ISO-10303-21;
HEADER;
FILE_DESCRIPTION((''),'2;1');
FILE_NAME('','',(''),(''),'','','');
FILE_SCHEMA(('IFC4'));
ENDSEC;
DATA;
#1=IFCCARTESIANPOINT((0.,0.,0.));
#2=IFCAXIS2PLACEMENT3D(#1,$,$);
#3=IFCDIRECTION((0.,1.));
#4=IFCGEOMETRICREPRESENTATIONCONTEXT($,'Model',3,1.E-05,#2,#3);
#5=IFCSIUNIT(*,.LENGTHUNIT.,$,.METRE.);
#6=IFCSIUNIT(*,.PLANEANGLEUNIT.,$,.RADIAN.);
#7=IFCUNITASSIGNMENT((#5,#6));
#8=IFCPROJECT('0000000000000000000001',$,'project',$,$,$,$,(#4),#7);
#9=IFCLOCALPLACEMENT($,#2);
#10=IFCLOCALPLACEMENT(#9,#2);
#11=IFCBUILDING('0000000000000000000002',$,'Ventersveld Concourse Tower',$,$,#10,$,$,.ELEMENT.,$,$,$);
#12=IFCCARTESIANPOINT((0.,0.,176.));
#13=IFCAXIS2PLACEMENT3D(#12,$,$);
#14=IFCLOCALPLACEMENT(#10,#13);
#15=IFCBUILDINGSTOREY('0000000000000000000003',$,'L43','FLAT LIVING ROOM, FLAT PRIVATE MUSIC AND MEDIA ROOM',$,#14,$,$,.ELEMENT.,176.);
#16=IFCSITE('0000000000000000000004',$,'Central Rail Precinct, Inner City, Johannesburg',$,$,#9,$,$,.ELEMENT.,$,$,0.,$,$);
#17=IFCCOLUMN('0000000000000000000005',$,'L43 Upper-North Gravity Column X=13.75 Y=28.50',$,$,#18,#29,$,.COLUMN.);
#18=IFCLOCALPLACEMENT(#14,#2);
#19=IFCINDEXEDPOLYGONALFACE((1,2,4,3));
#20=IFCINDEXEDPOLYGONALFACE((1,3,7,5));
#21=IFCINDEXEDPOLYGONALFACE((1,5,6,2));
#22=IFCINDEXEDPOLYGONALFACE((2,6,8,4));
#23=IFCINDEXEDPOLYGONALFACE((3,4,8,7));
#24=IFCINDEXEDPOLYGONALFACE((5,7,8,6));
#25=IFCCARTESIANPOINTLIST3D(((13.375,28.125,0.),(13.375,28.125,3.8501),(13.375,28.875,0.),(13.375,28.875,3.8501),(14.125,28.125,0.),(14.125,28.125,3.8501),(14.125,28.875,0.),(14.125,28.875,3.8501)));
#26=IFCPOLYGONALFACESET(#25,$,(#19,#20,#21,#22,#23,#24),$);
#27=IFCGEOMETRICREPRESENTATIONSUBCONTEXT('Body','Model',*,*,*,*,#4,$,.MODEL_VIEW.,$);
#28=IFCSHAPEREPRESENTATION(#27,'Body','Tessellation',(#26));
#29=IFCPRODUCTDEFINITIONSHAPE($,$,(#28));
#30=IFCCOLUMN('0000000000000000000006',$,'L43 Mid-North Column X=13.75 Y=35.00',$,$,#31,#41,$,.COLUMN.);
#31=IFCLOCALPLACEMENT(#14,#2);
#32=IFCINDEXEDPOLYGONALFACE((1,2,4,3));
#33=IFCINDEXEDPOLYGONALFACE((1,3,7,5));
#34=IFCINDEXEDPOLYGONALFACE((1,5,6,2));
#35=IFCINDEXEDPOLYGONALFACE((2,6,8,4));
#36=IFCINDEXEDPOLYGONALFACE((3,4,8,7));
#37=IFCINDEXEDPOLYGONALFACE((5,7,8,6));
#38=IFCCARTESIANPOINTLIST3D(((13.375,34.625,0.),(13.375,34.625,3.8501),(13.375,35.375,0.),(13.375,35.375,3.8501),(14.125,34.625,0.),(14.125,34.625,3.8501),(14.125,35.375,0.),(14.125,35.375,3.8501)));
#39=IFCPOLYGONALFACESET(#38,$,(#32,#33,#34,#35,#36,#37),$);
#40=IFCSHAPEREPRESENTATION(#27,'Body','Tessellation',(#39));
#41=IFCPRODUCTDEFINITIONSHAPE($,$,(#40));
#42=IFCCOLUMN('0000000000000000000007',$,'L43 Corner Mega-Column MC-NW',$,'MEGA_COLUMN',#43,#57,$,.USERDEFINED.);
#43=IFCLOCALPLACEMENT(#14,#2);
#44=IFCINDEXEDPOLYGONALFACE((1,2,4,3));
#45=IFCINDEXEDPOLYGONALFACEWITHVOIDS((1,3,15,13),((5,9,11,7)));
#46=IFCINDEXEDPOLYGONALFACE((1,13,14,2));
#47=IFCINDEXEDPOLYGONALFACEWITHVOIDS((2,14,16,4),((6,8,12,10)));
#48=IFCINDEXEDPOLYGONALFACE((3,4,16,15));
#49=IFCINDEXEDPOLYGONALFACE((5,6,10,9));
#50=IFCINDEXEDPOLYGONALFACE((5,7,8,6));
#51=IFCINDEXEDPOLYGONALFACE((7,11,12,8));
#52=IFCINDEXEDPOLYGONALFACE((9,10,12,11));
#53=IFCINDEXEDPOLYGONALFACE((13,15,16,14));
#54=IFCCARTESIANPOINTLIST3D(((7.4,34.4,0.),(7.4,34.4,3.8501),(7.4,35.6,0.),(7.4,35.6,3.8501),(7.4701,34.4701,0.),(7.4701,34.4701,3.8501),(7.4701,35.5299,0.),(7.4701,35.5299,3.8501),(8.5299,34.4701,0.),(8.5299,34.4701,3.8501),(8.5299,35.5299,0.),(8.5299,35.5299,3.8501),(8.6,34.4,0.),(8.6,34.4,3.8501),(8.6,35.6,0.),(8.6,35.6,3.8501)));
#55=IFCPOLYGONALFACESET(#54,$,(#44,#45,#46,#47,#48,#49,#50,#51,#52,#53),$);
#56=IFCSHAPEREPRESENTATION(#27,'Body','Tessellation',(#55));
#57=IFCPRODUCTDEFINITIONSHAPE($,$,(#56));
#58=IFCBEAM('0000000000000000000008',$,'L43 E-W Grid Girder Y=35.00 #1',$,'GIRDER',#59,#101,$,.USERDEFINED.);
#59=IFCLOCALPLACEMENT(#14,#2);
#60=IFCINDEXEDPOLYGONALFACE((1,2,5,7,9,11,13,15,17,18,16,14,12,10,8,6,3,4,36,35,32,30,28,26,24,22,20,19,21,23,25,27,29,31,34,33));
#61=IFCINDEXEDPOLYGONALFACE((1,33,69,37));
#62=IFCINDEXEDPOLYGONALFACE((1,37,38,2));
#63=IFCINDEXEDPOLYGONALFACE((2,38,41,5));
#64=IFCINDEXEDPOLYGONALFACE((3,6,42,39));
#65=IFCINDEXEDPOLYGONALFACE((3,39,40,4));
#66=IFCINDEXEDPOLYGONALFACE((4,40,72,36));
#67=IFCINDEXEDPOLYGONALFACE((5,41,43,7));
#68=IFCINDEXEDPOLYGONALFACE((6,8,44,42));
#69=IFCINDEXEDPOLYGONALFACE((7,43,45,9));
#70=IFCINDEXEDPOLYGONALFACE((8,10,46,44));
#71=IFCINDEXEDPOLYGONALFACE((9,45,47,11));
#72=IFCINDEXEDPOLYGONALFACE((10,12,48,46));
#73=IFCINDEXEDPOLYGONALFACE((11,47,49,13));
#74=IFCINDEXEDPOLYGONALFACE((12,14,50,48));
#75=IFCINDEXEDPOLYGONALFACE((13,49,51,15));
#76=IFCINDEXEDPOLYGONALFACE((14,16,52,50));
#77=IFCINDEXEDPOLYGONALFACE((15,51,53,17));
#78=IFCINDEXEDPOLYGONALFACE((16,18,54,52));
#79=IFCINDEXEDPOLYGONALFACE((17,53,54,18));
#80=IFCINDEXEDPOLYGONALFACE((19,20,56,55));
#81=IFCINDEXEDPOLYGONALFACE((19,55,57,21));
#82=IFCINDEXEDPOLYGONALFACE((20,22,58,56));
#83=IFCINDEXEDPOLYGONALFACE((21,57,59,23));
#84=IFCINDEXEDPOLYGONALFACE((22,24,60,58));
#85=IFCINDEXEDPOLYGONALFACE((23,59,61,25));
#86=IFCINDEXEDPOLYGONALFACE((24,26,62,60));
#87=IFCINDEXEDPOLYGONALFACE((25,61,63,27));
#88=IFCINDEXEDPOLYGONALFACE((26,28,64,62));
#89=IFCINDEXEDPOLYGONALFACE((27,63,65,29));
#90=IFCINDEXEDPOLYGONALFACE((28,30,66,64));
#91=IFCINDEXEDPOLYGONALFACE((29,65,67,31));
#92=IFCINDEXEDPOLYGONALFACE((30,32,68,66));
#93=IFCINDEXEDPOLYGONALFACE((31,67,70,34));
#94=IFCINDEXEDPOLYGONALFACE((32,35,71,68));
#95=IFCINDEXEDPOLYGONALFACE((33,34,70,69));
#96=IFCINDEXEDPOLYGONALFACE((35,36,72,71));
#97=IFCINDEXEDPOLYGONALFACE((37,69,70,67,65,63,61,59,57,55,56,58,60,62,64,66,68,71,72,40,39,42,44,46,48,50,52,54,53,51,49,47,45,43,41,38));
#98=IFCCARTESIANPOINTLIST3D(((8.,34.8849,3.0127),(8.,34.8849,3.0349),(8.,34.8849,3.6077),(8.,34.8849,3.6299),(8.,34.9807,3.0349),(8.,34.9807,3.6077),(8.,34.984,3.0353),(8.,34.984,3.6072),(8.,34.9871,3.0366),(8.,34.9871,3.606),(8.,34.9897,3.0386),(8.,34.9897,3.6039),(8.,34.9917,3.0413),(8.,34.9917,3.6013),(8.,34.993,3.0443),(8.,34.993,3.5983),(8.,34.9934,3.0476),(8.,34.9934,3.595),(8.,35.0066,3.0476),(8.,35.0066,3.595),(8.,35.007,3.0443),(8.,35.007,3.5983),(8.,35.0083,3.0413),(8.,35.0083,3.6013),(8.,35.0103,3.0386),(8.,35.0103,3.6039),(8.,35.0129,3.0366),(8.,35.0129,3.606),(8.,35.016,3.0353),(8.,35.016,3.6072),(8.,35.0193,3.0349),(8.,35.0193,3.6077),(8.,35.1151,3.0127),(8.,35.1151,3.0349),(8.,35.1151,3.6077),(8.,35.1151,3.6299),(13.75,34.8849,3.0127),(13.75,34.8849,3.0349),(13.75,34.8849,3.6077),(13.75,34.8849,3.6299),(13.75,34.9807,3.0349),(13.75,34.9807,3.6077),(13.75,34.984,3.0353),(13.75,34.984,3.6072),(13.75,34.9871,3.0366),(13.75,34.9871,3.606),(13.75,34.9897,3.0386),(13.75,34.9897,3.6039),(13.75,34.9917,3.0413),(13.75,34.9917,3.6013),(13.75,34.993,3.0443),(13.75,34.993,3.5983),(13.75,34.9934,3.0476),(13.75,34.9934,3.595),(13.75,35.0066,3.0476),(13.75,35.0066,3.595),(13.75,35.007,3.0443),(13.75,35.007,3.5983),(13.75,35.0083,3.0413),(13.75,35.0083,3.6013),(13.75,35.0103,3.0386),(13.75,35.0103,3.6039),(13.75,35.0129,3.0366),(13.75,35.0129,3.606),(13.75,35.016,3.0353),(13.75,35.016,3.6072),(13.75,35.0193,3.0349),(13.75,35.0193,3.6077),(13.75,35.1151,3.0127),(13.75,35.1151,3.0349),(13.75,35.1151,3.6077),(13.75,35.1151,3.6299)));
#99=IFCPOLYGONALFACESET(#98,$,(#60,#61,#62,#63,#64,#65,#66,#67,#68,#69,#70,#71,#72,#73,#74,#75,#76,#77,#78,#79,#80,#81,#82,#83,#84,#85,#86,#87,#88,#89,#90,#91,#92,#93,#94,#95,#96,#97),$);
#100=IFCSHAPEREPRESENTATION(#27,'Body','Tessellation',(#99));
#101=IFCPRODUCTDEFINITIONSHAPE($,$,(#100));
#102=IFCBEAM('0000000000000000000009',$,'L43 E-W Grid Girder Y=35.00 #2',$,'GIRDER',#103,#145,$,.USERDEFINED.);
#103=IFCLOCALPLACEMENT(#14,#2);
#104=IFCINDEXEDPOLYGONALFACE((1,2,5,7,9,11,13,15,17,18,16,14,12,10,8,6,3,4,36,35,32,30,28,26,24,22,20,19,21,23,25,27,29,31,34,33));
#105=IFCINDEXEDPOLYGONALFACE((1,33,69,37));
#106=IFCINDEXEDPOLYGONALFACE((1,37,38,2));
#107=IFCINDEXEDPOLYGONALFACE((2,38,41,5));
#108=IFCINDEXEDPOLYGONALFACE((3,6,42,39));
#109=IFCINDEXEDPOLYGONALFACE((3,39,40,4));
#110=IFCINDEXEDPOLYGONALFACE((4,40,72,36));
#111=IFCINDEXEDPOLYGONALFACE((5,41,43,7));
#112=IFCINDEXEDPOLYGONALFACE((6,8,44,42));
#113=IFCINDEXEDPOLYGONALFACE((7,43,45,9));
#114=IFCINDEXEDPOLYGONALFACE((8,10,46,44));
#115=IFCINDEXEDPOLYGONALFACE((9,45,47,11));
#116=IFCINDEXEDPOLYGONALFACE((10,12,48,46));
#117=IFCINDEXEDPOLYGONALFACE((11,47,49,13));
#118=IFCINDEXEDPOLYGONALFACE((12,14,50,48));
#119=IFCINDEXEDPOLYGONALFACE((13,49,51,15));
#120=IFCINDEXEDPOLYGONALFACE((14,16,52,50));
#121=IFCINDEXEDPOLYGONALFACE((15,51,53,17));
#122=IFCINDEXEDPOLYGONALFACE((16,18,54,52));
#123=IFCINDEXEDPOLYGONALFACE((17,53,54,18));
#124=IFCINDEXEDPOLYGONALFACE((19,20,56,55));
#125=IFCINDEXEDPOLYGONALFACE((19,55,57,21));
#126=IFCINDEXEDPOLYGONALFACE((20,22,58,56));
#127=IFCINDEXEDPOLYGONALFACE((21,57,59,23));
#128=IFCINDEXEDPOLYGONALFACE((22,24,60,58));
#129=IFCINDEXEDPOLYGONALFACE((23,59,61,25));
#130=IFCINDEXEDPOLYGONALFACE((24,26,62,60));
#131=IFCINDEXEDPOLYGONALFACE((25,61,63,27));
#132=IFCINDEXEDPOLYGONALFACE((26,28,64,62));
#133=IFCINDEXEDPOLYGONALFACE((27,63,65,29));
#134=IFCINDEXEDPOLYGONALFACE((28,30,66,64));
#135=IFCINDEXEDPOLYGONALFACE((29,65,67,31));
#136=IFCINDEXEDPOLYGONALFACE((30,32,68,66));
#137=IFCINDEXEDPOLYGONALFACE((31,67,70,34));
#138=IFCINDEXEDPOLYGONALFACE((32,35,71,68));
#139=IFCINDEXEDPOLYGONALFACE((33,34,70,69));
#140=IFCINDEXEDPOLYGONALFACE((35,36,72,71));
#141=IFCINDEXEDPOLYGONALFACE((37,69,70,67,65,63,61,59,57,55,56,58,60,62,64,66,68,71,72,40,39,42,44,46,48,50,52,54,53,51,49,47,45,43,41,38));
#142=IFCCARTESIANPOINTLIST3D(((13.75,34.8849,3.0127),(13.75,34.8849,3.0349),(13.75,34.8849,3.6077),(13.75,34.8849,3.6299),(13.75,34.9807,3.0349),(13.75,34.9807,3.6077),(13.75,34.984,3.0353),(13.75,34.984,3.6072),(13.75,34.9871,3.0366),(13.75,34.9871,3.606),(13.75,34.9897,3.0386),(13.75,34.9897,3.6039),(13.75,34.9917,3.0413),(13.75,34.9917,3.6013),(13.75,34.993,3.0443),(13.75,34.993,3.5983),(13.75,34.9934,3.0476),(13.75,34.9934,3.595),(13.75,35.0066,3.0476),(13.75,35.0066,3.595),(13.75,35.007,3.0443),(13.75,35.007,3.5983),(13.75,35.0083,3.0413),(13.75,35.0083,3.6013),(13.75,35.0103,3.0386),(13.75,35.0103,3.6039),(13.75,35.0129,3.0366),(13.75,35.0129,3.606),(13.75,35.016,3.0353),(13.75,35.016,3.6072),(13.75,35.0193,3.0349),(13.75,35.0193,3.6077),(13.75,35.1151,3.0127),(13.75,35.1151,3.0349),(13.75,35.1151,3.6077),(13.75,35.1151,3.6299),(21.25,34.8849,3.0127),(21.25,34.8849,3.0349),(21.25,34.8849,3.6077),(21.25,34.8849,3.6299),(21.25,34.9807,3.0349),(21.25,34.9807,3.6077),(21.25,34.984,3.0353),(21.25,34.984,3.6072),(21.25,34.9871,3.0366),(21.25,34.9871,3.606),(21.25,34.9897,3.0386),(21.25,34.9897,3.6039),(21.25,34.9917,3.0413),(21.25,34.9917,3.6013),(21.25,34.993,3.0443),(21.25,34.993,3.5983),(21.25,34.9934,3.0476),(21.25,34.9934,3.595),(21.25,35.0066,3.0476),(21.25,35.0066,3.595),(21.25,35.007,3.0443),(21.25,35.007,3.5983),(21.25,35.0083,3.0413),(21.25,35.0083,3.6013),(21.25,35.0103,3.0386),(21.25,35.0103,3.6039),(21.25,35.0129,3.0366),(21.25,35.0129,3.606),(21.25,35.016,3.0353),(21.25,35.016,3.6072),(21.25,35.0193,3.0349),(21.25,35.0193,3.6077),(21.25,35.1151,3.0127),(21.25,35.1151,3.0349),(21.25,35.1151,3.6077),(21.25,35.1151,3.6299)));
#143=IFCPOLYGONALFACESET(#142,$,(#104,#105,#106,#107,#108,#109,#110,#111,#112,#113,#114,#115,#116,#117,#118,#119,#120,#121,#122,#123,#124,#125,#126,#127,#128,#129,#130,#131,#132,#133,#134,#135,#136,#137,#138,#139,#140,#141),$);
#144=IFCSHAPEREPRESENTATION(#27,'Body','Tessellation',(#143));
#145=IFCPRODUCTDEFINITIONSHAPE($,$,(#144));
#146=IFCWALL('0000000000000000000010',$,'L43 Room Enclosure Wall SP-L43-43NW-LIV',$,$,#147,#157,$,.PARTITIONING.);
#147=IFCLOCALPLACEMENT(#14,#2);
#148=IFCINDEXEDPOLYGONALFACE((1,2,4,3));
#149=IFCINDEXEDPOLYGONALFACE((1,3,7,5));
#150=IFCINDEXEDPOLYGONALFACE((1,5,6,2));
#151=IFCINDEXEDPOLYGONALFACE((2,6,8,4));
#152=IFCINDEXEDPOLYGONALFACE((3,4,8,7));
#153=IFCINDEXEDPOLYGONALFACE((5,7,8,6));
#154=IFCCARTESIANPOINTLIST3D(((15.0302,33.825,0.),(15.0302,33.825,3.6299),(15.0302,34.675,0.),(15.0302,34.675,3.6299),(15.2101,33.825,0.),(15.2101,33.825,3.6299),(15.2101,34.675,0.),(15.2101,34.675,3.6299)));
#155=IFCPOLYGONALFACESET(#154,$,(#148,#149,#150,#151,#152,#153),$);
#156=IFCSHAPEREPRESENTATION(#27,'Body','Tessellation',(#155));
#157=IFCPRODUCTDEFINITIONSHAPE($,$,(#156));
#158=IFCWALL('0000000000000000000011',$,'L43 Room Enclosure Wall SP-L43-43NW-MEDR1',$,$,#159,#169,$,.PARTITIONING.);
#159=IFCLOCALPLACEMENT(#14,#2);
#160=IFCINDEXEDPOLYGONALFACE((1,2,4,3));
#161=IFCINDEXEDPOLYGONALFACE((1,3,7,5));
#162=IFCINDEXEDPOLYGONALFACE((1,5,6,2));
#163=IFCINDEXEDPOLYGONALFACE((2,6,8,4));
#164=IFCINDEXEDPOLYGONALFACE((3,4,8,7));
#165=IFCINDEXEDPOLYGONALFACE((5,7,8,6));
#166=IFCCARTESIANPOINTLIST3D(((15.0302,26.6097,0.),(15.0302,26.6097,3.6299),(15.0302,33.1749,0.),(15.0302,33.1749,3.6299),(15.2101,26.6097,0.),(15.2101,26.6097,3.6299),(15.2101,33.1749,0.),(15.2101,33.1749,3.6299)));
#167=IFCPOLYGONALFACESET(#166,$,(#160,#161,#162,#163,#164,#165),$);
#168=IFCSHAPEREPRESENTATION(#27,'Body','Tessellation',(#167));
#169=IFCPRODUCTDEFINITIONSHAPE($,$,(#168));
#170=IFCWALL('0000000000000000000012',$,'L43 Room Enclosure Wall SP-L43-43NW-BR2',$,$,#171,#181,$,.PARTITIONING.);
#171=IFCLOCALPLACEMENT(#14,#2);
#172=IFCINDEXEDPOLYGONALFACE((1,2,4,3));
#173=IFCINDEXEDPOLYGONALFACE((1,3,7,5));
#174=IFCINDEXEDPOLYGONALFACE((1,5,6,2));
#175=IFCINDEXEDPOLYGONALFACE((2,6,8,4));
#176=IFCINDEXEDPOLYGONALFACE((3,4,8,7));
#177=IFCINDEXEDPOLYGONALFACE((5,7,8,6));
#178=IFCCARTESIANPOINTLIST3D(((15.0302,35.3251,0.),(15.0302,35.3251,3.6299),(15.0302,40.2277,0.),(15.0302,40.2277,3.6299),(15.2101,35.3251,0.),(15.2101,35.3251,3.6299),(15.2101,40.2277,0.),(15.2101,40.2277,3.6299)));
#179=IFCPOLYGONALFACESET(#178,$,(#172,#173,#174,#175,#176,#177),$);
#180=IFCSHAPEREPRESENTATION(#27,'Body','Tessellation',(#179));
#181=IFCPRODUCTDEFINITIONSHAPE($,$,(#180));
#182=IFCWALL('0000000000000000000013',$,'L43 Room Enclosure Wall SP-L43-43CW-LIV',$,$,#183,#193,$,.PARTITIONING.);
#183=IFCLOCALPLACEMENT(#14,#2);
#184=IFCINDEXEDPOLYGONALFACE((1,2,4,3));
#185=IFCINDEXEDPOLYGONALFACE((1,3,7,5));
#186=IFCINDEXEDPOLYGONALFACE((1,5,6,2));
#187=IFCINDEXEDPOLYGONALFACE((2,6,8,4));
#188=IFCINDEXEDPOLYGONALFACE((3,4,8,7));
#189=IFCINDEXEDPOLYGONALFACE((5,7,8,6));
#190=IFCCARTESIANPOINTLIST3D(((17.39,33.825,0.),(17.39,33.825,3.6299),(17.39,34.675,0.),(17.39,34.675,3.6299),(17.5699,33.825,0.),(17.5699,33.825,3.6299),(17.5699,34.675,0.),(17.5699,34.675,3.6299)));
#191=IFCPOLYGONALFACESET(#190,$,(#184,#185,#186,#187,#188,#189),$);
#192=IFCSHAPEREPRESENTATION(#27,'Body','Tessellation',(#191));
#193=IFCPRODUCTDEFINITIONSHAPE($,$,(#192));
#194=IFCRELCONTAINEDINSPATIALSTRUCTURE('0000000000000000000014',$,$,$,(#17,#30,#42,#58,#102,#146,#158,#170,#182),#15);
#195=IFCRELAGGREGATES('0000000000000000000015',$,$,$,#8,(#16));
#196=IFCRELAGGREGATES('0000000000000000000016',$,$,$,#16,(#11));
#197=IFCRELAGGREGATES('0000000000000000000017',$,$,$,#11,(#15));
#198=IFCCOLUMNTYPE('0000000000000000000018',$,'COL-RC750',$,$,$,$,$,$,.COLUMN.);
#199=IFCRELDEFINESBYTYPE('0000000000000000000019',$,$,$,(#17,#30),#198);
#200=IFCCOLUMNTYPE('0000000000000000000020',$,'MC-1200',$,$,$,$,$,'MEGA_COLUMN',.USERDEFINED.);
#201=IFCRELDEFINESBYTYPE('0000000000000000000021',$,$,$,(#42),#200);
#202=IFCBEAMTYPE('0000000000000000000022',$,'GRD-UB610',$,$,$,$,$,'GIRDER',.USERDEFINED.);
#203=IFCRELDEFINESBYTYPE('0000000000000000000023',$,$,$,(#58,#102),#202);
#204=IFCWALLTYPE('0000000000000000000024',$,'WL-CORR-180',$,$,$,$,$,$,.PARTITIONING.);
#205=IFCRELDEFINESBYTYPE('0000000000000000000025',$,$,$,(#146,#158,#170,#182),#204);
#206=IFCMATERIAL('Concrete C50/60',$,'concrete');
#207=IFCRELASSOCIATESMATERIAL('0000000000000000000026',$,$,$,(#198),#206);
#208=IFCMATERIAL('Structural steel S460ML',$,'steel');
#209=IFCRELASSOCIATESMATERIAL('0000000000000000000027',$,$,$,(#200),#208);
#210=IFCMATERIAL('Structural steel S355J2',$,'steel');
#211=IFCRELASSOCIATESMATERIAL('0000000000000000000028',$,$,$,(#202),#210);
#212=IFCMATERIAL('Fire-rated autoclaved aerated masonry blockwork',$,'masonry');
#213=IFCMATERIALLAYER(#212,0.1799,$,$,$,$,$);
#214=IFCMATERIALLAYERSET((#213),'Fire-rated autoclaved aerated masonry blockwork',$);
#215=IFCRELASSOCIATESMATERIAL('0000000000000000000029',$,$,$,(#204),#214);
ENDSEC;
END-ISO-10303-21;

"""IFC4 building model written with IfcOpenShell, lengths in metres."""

from ifc_helpers import new_model, si_unit, direction, frame, frame_2d, origin, origin_2d, place, context, subcontext, project, spatial, rectangle, hollow_rectangle, i_section, extrude, material, layer, layer_set, material_profile, profile_set, type_object, element, save


model = new_model("IFC4")

# Units and contexts
model_context = context("Model", 3, precision=1e-05, world=origin(), true_north=direction((0.0, 1.0)))
body_context = subcontext(model_context, "Body", "Model", "MODEL_VIEW")
ifc_project = project(units=[si_unit("LENGTHUNIT", "METRE"), si_unit("PLANEANGLEUNIT", "RADIAN")], contexts=[model_context])

# Site, building, storey
site_placement = place(None, origin())
site = spatial("IfcSite", under=ifc_project, at=site_placement, Name="Central Rail Precinct, Inner City, Johannesburg", CompositionType="ELEMENT", RefElevation=0.0)
building_placement = place(site_placement, origin())
building = spatial("IfcBuilding", under=site, at=building_placement, Name="Ventersveld Concourse Tower", CompositionType="ELEMENT")
storey_placement = place(building_placement, frame((0.0, 0.0, 176.0)))
storey = spatial("IfcBuildingStorey", under=building, at=storey_placement, Name="L43", Description="FLAT LIVING ROOM, FLAT PRIVATE MUSIC AND MEDIA ROOM", CompositionType="ELEMENT", Elevation=176.0)

# Columns
ifc_material_1 = material(Name="Concrete C50/60", Category="concrete")
ifc_material_profile_1 = material_profile(ifc_material_1, rectangle(XDim=0.75, YDim=0.75, at=origin_2d()), Name="RC 750x750")
ifc_profile_set_1 = profile_set([ifc_material_profile_1], Name="Concrete C50/60")
column_type_1 = type_object("IfcColumnType", Name="COL-RC750", PredefinedType="COLUMN", material=ifc_profile_set_1)
for number, where, z_axis, x_axis, name in (
    (1, (13.75, 28.5, 0.0), (0.0, 0.0, 1.0), (1.0, 0.0, 0.0), "L43 Upper-North Gravity Column X=13.75 Y=28.50"),
    (2, (13.75, 35.0, 0.0), (0.0, 0.0, 1.0), (1.0, 0.0, 0.0), "L43 Mid-North Column X=13.75 Y=35.00"),
):
    element("IfcColumn", number, at=place(storey_placement, frame(where, z_axis=z_axis, x_axis=x_axis)), inside=storey, type_object=column_type_1, Name=name, PredefinedType="COLUMN", context=body_context, shape_type="SweptSolid", body=[
        extrude(rectangle(XDim=0.75, YDim=0.75, at=origin_2d()), origin(), (0.0, 0.0, 1.0), 3.8501),
    ])
ifc_material_2 = material(Name="Structural steel S460ML", Category="steel")
ifc_material_profile_2 = material_profile(ifc_material_2, hollow_rectangle(XDim=1.2, YDim=1.2, WallThickness=0.0701, at=origin_2d()), Name="BOX 1200x1200x70")
ifc_profile_set_2 = profile_set([ifc_material_profile_2], Name="Structural steel S460ML")
column_type_2 = type_object("IfcColumnType", Name="MC-1200", ElementType="MEGA_COLUMN", PredefinedType="USERDEFINED", material=ifc_profile_set_2)
column_placement = place(storey_placement, frame((8.0, 35.0, 0.0), z_axis=(0.0, 0.0, 1.0), x_axis=(1.0, 0.0, 0.0)))
element("IfcColumn", 3, at=column_placement, inside=storey, type_object=column_type_2, Name="L43 Corner Mega-Column MC-NW", ObjectType="MEGA_COLUMN", PredefinedType="USERDEFINED", context=body_context, shape_type="SweptSolid", body=[
    extrude(hollow_rectangle(XDim=1.2, YDim=1.2, WallThickness=0.0701, at=origin_2d()), origin(), (0.0, 0.0, 1.0), 3.8501),
])

# Beams
ifc_material_3 = material(Name="Structural steel S355J2", Category="steel")
ifc_material_profile_3 = material_profile(ifc_material_3, i_section(OverallWidth=0.2302, OverallDepth=0.6172, WebThickness=0.0132, FlangeThickness=0.0222, FilletRadius=0.0127, at=origin_2d()), Name="UB 610x229x140")
ifc_profile_set_3 = profile_set([ifc_material_profile_3], Name="Structural steel S355J2")
beam_type = type_object("IfcBeamType", Name="GRD-UB610", ElementType="GIRDER", PredefinedType="USERDEFINED", material=ifc_profile_set_3)
beam_1_placement = place(storey_placement, frame((8.0, 35.0, 3.3213), z_axis=(1.0, 0.0, 0.0), x_axis=(0.0, 1.0, 0.0)))
element("IfcBeam", 4, at=beam_1_placement, inside=storey, type_object=beam_type, Name="L43 E-W Grid Girder Y=35.00 #1", ObjectType="GIRDER", PredefinedType="USERDEFINED", context=body_context, shape_type="SweptSolid", body=[
    extrude(i_section(OverallWidth=0.2302, OverallDepth=0.6172, WebThickness=0.0132, FlangeThickness=0.0222, FilletRadius=0.0127, at=origin_2d()), origin(), (0.0, 0.0, 1.0), 5.75),
])
beam_2_placement = place(storey_placement, frame((13.75, 35.0, 3.3213), z_axis=(1.0, 0.0, 0.0), x_axis=(0.0, 1.0, 0.0)))
element("IfcBeam", 5, at=beam_2_placement, inside=storey, type_object=beam_type, Name="L43 E-W Grid Girder Y=35.00 #2", ObjectType="GIRDER", PredefinedType="USERDEFINED", context=body_context, shape_type="SweptSolid", body=[
    extrude(i_section(OverallWidth=0.2302, OverallDepth=0.6172, WebThickness=0.0132, FlangeThickness=0.0222, FilletRadius=0.0127, at=origin_2d()), origin(), (0.0, 0.0, 1.0), 7.5),
])

# Walls
ifc_material_4 = material(Name="Fire-rated autoclaved aerated masonry blockwork", Category="masonry")
ifc_layer_1 = layer(ifc_material_4, 0.1799)
ifc_layer_set_1 = layer_set([ifc_layer_1], Name="Fire-rated autoclaved aerated masonry blockwork")
wall_type_1 = type_object("IfcWallType", Name="WL-CORR-180", PredefinedType="PARTITIONING", material=ifc_layer_set_1)
wall_1_placement = place(storey_placement, frame((15.1201, 34.675, 0.0), z_axis=(0.0, 0.0, 1.0), x_axis=(0.0, -1.0, 0.0)))
element("IfcWall", 6, at=wall_1_placement, inside=storey, type_object=wall_type_1, Name="L43 Room Enclosure Wall SP-L43-43NW-LIV", PredefinedType="PARTITIONING", context=body_context, shape_type="SweptSolid", body=[
    extrude(rectangle(XDim=0.8501, YDim=0.1799, at=frame_2d((0.425, 0.0))), origin(), (0.0, 0.0, 1.0), 3.6299),
])
wall_2_placement = place(storey_placement, frame((15.1201, 33.175, 0.0), z_axis=(0.0, 0.0, 1.0), x_axis=(0.0, -1.0, 0.0)))
element("IfcWall", 7, at=wall_2_placement, inside=storey, type_object=wall_type_1, Name="L43 Room Enclosure Wall SP-L43-43NW-MEDR1", PredefinedType="PARTITIONING", context=body_context, shape_type="SweptSolid", body=[
    extrude(rectangle(XDim=6.5652, YDim=0.1799, at=frame_2d((3.2827, 0.0))), origin(), (0.0, 0.0, 1.0), 3.6299),
])
wall_3_placement = place(storey_placement, frame((15.1201, 40.2275, 0.0), z_axis=(0.0, 0.0, 1.0), x_axis=(0.0, -1.0, 0.0)))
element("IfcWall", 8, at=wall_3_placement, inside=storey, type_object=wall_type_1, Name="L43 Room Enclosure Wall SP-L43-43NW-BR2", PredefinedType="PARTITIONING", context=body_context, shape_type="SweptSolid", body=[
    extrude(rectangle(XDim=4.9026, YDim=0.1799, at=frame_2d((2.4512, 0.0))), origin(), (0.0, 0.0, 1.0), 3.6299),
])
wall_4_placement = place(storey_placement, frame((17.48, 33.825, 0.0), z_axis=(0.0, 0.0, 1.0), x_axis=(0.0, 1.0, 0.0)))
element("IfcWall", 9, at=wall_4_placement, inside=storey, type_object=wall_type_1, Name="L43 Room Enclosure Wall SP-L43-43CW-LIV", PredefinedType="PARTITIONING", context=body_context, shape_type="SweptSolid", body=[
    extrude(rectangle(XDim=0.8501, YDim=0.1799, at=frame_2d((0.425, 0.0))), origin(), (0.0, 0.0, 1.0), 3.6299),
])

save(model, "model.ifc")
